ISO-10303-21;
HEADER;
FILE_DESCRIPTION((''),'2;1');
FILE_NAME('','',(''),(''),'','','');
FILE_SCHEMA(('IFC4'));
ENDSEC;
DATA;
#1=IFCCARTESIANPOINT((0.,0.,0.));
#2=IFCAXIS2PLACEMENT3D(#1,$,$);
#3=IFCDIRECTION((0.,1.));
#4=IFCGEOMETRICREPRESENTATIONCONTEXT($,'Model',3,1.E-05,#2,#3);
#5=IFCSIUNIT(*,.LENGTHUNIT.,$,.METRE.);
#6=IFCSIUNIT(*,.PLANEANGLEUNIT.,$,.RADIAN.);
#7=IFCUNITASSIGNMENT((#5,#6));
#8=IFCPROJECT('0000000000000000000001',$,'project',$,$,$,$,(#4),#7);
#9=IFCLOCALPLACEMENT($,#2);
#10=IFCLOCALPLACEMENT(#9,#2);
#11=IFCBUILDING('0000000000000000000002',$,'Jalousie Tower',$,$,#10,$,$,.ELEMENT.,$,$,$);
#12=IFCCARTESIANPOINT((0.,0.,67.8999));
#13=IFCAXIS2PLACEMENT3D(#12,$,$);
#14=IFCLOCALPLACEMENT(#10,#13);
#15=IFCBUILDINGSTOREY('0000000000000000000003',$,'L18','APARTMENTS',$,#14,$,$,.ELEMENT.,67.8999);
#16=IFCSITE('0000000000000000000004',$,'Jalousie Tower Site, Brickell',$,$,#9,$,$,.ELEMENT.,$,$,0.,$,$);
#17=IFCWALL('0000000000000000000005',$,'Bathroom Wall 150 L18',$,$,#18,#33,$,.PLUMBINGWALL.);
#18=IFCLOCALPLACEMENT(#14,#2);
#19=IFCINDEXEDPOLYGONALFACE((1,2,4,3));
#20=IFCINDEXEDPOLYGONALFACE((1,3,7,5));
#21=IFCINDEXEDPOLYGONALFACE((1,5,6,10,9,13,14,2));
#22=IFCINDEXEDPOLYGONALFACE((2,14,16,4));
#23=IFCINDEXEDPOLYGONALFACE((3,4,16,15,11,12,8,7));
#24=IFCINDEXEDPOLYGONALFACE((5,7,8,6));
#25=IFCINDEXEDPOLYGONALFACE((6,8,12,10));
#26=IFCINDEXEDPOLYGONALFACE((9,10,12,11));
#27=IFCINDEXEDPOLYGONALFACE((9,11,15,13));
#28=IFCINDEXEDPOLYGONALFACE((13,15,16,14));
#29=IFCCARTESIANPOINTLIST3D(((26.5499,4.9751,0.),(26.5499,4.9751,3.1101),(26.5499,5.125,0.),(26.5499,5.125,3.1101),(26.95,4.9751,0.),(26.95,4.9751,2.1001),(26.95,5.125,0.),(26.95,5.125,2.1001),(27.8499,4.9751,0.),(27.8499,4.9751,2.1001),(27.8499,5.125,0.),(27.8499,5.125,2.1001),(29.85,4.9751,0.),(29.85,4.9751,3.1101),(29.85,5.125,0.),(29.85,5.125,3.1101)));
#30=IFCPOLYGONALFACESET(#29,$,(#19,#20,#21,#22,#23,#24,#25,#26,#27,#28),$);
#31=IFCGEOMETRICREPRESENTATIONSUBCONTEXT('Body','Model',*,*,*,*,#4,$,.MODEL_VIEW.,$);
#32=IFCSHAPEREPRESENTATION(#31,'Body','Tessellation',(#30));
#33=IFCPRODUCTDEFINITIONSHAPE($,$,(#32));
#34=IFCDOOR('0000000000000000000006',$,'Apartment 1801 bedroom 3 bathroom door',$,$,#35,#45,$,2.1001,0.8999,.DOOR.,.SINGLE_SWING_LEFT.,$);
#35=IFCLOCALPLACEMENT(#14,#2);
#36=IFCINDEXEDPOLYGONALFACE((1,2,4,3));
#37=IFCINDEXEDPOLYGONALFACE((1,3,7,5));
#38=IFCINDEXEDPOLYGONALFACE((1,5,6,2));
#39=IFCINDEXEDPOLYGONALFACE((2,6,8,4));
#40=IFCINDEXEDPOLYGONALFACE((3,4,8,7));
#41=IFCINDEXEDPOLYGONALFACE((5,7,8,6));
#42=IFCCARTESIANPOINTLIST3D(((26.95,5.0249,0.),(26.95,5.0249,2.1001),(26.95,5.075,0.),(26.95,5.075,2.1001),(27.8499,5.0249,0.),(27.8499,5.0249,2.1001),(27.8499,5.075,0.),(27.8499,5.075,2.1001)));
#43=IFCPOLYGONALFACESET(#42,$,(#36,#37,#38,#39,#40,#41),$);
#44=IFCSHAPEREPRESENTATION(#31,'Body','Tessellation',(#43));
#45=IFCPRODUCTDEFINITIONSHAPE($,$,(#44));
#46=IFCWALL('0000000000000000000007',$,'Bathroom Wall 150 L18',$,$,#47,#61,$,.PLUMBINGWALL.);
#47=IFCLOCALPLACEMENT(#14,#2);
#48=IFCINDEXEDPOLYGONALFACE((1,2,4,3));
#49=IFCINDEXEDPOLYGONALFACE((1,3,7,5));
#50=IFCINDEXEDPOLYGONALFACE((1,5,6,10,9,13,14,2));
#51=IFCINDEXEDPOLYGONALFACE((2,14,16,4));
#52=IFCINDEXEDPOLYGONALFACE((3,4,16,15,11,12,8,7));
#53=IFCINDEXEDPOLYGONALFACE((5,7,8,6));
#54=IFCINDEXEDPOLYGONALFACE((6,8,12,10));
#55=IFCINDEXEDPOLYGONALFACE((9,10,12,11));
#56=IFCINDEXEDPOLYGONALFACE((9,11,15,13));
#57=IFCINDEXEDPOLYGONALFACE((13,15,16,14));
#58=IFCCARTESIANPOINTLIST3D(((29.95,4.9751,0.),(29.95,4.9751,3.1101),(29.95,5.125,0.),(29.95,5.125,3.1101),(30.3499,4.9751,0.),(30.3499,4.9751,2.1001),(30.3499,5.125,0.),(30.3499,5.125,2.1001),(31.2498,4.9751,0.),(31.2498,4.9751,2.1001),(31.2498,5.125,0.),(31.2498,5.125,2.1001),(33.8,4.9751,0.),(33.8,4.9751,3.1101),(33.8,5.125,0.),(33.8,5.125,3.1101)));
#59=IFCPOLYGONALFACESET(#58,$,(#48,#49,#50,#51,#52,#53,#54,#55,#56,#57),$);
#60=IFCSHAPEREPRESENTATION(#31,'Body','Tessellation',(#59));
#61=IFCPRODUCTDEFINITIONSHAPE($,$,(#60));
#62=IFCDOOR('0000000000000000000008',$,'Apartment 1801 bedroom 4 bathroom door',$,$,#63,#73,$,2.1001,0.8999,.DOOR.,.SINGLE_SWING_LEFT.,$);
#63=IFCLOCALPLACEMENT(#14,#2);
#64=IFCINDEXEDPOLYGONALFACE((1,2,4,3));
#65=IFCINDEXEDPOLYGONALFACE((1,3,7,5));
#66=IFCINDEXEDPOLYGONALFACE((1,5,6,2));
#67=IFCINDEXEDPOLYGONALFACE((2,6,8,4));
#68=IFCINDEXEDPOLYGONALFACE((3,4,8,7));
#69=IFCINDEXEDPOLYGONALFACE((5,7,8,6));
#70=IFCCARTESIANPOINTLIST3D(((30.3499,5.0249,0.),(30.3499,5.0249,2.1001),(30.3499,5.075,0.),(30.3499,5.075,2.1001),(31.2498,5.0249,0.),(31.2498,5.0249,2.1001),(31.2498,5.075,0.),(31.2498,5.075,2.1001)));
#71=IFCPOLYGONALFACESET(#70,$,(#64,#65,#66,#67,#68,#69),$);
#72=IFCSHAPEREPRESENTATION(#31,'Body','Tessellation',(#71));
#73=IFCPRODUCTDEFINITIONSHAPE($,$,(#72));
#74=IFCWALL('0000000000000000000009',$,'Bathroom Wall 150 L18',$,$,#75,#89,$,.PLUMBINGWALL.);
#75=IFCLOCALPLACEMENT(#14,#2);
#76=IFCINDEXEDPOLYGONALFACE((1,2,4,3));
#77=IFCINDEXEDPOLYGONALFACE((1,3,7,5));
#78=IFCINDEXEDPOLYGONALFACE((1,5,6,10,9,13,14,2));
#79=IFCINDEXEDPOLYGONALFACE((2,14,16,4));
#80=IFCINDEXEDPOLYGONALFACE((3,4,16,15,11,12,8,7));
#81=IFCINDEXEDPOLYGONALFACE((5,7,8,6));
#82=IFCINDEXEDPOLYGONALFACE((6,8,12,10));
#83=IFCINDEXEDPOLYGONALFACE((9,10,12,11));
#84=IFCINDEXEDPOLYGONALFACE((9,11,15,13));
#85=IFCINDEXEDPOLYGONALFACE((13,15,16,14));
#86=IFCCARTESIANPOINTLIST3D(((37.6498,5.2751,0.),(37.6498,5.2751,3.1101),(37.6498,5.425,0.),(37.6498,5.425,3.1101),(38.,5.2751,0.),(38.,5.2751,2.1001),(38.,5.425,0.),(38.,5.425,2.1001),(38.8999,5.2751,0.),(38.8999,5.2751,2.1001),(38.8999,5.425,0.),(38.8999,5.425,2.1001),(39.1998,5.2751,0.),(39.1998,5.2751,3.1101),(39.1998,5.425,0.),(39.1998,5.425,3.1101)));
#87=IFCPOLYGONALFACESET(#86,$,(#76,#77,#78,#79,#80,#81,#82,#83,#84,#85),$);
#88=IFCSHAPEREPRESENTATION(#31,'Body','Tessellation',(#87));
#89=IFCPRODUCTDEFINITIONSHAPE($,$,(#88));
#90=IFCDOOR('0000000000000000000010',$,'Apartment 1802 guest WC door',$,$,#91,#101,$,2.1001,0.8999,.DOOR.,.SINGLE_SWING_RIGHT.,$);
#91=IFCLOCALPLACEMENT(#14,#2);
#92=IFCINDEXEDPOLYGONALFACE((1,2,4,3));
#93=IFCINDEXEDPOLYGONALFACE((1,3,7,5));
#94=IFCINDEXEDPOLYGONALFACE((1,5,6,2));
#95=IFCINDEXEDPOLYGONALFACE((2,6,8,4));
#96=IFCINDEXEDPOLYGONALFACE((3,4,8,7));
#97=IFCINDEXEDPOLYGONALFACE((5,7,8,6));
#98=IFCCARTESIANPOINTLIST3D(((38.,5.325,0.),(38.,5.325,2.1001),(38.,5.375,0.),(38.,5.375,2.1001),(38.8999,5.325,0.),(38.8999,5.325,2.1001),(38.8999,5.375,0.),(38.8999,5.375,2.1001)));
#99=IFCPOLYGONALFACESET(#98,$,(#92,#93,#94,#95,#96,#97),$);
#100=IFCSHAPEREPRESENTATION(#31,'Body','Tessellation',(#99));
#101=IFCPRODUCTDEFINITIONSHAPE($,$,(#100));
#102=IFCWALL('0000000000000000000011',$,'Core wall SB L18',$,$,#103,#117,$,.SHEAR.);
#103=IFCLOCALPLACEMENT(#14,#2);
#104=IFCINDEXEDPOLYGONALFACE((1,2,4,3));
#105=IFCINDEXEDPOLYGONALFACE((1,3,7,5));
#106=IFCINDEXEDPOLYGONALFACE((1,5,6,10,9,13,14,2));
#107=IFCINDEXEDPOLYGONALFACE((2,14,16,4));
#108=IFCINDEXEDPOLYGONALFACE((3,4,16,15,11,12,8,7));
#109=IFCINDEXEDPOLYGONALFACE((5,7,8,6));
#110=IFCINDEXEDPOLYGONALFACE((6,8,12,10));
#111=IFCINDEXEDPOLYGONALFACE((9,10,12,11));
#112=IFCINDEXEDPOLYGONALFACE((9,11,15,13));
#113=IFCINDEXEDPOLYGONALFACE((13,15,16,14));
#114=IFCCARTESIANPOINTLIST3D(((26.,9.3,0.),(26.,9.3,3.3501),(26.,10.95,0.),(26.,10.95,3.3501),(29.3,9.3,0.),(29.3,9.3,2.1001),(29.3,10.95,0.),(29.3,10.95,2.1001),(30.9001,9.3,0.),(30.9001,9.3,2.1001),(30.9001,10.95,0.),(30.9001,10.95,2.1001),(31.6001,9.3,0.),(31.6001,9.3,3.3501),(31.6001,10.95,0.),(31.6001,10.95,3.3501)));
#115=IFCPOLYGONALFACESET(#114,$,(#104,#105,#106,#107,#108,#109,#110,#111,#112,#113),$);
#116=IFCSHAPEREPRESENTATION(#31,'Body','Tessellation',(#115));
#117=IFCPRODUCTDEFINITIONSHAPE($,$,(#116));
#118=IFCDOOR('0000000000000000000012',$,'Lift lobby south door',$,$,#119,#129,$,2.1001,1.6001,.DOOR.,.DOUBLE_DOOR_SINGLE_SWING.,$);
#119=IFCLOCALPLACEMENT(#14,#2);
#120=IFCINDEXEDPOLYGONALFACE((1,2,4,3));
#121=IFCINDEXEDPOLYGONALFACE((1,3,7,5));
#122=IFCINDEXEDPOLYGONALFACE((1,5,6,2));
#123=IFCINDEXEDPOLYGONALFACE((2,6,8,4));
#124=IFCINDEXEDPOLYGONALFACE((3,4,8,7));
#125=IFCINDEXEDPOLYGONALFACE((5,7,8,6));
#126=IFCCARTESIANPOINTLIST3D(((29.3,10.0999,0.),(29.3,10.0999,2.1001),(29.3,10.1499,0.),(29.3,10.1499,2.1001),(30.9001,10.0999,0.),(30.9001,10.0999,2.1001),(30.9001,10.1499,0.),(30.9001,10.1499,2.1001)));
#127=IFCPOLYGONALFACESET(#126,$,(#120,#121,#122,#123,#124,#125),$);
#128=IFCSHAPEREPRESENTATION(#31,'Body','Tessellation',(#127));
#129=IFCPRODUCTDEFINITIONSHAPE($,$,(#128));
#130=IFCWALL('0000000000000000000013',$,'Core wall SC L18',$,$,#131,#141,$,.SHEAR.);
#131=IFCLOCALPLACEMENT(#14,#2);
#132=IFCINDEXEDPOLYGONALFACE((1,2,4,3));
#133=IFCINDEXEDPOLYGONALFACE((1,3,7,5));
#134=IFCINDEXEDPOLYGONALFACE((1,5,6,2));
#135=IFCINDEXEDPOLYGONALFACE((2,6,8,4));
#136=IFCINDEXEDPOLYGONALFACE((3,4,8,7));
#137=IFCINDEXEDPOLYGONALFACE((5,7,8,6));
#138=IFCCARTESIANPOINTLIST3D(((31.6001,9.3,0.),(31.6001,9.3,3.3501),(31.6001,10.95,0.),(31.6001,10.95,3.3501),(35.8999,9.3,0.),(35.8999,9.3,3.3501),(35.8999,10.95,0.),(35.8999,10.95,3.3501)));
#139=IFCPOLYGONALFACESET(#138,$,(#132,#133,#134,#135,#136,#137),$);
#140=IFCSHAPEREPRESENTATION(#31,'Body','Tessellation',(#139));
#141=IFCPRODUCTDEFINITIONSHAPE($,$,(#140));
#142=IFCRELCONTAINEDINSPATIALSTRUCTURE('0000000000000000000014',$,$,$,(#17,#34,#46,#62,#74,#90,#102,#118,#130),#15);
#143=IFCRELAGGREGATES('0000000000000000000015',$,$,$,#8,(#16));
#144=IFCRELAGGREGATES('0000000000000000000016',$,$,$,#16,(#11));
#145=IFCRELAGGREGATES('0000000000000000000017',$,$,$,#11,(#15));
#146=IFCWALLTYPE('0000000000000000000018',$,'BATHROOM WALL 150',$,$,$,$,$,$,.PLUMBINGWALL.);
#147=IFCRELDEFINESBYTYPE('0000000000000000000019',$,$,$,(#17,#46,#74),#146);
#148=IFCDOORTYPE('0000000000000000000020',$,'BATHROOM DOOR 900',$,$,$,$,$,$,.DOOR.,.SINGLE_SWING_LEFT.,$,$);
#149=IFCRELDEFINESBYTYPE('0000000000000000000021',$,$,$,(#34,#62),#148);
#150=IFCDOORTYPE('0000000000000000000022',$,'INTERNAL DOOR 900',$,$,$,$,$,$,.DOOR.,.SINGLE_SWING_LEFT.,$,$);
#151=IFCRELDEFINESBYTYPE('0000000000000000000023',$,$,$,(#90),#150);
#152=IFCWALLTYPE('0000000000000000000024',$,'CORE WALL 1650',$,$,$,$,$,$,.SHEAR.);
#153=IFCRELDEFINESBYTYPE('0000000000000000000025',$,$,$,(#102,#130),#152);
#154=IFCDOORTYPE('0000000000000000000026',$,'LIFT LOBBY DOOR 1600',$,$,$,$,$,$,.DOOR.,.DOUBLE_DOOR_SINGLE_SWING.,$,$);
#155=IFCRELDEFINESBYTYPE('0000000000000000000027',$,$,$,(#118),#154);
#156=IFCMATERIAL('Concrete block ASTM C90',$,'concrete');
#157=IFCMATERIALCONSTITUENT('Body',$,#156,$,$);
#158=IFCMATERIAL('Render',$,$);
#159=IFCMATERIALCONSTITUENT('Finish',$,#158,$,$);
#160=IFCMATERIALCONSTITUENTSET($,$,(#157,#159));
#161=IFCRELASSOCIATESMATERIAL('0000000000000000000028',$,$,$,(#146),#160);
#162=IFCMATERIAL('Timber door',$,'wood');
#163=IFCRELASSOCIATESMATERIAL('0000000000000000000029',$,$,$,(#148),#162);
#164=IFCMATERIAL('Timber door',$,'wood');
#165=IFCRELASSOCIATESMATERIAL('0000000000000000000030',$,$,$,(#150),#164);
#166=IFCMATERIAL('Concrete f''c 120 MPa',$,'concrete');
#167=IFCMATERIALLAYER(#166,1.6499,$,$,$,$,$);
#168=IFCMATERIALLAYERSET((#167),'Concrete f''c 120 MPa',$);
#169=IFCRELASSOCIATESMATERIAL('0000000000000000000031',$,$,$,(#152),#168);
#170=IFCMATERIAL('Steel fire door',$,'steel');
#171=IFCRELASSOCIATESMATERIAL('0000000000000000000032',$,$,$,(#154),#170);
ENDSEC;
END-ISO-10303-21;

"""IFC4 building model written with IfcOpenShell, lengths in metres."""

from ifc_helpers import new_model, si_unit, direction, frame, frame_2d, origin, place, context, subcontext, project, spatial, rectangle, extrude, material, layer, layer_set, constituent, constituent_set, type_object, element, fill, save


model = new_model("IFC4")

# Units and contexts
model_context = context("Model", 3, precision=1e-05, world=origin(), true_north=direction((0.0, 1.0)))
body_context = subcontext(model_context, "Body", "Model", "MODEL_VIEW")
ifc_project = project(units=[si_unit("LENGTHUNIT", "METRE"), si_unit("PLANEANGLEUNIT", "RADIAN")], contexts=[model_context])

# Site, building, storey
site_placement = place(None, origin())
site = spatial("IfcSite", under=ifc_project, at=site_placement, Name="Jalousie Tower Site, Brickell", CompositionType="ELEMENT", RefElevation=0.0)
building_placement = place(site_placement, origin())
building = spatial("IfcBuilding", under=site, at=building_placement, Name="Jalousie Tower", CompositionType="ELEMENT")
storey_placement = place(building_placement, frame((0.0, 0.0, 67.8999)))
storey = spatial("IfcBuildingStorey", under=building, at=storey_placement, Name="L18", Description="APARTMENTS", CompositionType="ELEMENT", Elevation=67.8999)

# Walls, openings, doors
ifc_material_1 = material(Name="Concrete block ASTM C90", Category="concrete")
ifc_constituent_1 = constituent(ifc_material_1, Name="Body")
ifc_material_2 = material(Name="Render")
ifc_constituent_2 = constituent(ifc_material_2, Name="Finish")
ifc_constituent_set_1 = constituent_set(constituents=[ifc_constituent_1, ifc_constituent_2])
wall_type_1 = type_object("IfcWallType", Name="BATHROOM WALL 150", PredefinedType="PLUMBINGWALL", material=ifc_constituent_set_1)
wall_1_placement = place(storey_placement, frame((26.55, 5.05, 0.0), z_axis=(0.0, 0.0, 1.0), x_axis=(1.0, 0.0, 0.0)))
wall_1 = element("IfcWall", 1, at=wall_1_placement, inside=storey, type_object=wall_type_1, Name="Bathroom Wall 150 L18", PredefinedType="PLUMBINGWALL", context=body_context, shape_type="SweptSolid", body=[
    extrude(rectangle(XDim=3.3, YDim=0.1499, at=frame_2d((1.6499, 0.0))), origin(), (0.0, 0.0, 1.0), 3.1101),
])
opening_1_placement = place(wall_1_placement, frame((0.3999, 0.0, 0.0)))
opening_1 = element("IfcOpeningElement", 2, at=opening_1_placement, cuts=wall_1, PredefinedType="OPENING", context=body_context, shape_type="SweptSolid", body=[
    extrude(rectangle(XDim=0.8999, YDim=2.1001, at=frame_2d((0.45, 1.05))), frame((0.0, 0.085, 0.0), z_axis=(0.0, -1.0, 0.0), x_axis=(1.0, 0.0, 0.0)), (0.0, 0.0, 1.0), 0.1699),
])
ifc_material_3 = material(Name="Timber door", Category="wood")
door_type_1 = type_object("IfcDoorType", Name="BATHROOM DOOR 900", OperationType="SINGLE_SWING_LEFT", PredefinedType="DOOR", material=ifc_material_3)
door_1_placement = place(opening_1_placement, origin())
door_1 = element("IfcDoor", 3, at=door_1_placement, inside=storey, type_object=door_type_1, Name="Apartment 1801 bedroom 3 bathroom door", OperationType="SINGLE_SWING_LEFT", OverallHeight=2.1001, OverallWidth=0.8999, PredefinedType="DOOR", context=body_context, shape_type="SweptSolid", body=[
    extrude(rectangle(XDim=0.8999, YDim=2.1001, at=frame_2d((0.45, 1.05))), frame((0.0, 0.0249, 0.0), z_axis=(0.0, -1.0, 0.0), x_axis=(1.0, 0.0, 0.0)), (0.0, 0.0, 1.0), 0.05),
])
fill(opening_1, door_1)
wall_2_placement = place(storey_placement, frame((29.95, 5.05, 0.0), z_axis=(0.0, 0.0, 1.0), x_axis=(1.0, 0.0, 0.0)))
wall_2 = element("IfcWall", 4, at=wall_2_placement, inside=storey, type_object=wall_type_1, Name="Bathroom Wall 150 L18", PredefinedType="PLUMBINGWALL", context=body_context, shape_type="SweptSolid", body=[
    extrude(rectangle(XDim=3.8501, YDim=0.1499, at=frame_2d((1.925, 0.0))), origin(), (0.0, 0.0, 1.0), 3.1101),
])
opening_2_placement = place(wall_2_placement, frame((0.3999, 0.0, 0.0)))
opening_2 = element("IfcOpeningElement", 5, at=opening_2_placement, cuts=wall_2, PredefinedType="OPENING", context=body_context, shape_type="SweptSolid", body=[
    extrude(rectangle(XDim=0.8999, YDim=2.1001, at=frame_2d((0.45, 1.05))), frame((0.0, 0.085, 0.0), z_axis=(0.0, -1.0, 0.0), x_axis=(1.0, 0.0, 0.0)), (0.0, 0.0, 1.0), 0.1699),
])
door_2_placement = place(opening_2_placement, origin())
door_2 = element("IfcDoor", 6, at=door_2_placement, inside=storey, type_object=door_type_1, Name="Apartment 1801 bedroom 4 bathroom door", OperationType="SINGLE_SWING_LEFT", OverallHeight=2.1001, OverallWidth=0.8999, PredefinedType="DOOR", context=body_context, shape_type="SweptSolid", body=[
    extrude(rectangle(XDim=0.8999, YDim=2.1001, at=frame_2d((0.45, 1.05))), frame((0.0, 0.0249, 0.0), z_axis=(0.0, -1.0, 0.0), x_axis=(1.0, 0.0, 0.0)), (0.0, 0.0, 1.0), 0.05),
])
fill(opening_2, door_2)
wall_3_placement = place(storey_placement, frame((37.6499, 5.3501, 0.0), z_axis=(0.0, 0.0, 1.0), x_axis=(1.0, 0.0, 0.0)))
wall_3 = element("IfcWall", 7, at=wall_3_placement, inside=storey, type_object=wall_type_1, Name="Bathroom Wall 150 L18", PredefinedType="PLUMBINGWALL", context=body_context, shape_type="SweptSolid", body=[
    extrude(rectangle(XDim=1.55, YDim=0.1499, at=frame_2d((0.7749, 0.0))), origin(), (0.0, 0.0, 1.0), 3.1101),
])
opening_3_placement = place(wall_3_placement, frame((0.3501, 0.0, 0.0)))
opening_3 = element("IfcOpeningElement", 8, at=opening_3_placement, cuts=wall_3, PredefinedType="OPENING", context=body_context, shape_type="SweptSolid", body=[
    extrude(rectangle(XDim=0.8999, YDim=2.1001, at=frame_2d((0.45, 1.05))), frame((0.0, 0.085, 0.0), z_axis=(0.0, -1.0, 0.0), x_axis=(1.0, 0.0, 0.0)), (0.0, 0.0, 1.0), 0.1699),
])
ifc_material_4 = material(Name="Timber door", Category="wood")
door_type_2 = type_object("IfcDoorType", Name="INTERNAL DOOR 900", OperationType="SINGLE_SWING_LEFT", PredefinedType="DOOR", material=ifc_material_4)
door_3_placement = place(opening_3_placement, origin())
door_3 = element("IfcDoor", 9, at=door_3_placement, inside=storey, type_object=door_type_2, Name="Apartment 1802 guest WC door", OperationType="SINGLE_SWING_RIGHT", OverallHeight=2.1001, OverallWidth=0.8999, PredefinedType="DOOR", context=body_context, shape_type="SweptSolid", body=[
    extrude(rectangle(XDim=0.8999, YDim=2.1001, at=frame_2d((0.45, 1.05))), frame((0.0, 0.0249, 0.0), z_axis=(0.0, -1.0, 0.0), x_axis=(1.0, 0.0, 0.0)), (0.0, 0.0, 1.0), 0.05),
])
fill(opening_3, door_3)
ifc_material_5 = material(Name="Concrete f'c 120 MPa", Category="concrete")
ifc_layer_1 = layer(ifc_material_5, 1.6499)
ifc_layer_set_1 = layer_set([ifc_layer_1], Name="Concrete f'c 120 MPa")
wall_type_2 = type_object("IfcWallType", Name="CORE WALL 1650", PredefinedType="SHEAR", material=ifc_layer_set_1)
wall_4_placement = place(storey_placement, frame((26.0, 10.125, 0.0), z_axis=(0.0, 0.0, 1.0), x_axis=(1.0, 0.0, 0.0)))
wall_4 = element("IfcWall", 10, at=wall_4_placement, inside=storey, type_object=wall_type_2, Name="Core wall SB L18", PredefinedType="SHEAR", context=body_context, shape_type="SweptSolid", body=[
    extrude(rectangle(XDim=5.6001, YDim=1.6499, at=frame_2d((2.8, 0.0))), origin(), (0.0, 0.0, 1.0), 3.3501),
])
opening_4_placement = place(wall_4_placement, frame((3.3, 0.0, 0.0)))
opening_4 = element("IfcOpeningElement", 11, at=opening_4_placement, cuts=wall_4, PredefinedType="OPENING", context=body_context, shape_type="SweptSolid", body=[
    extrude(rectangle(XDim=1.6001, YDim=2.1001, at=frame_2d((0.8, 1.05))), frame((0.0, 0.835, 0.0), z_axis=(0.0, -1.0, 0.0), x_axis=(1.0, 0.0, 0.0)), (0.0, 0.0, 1.0), 1.6699),
])
ifc_material_6 = material(Name="Steel fire door", Category="steel")
door_type_3 = type_object("IfcDoorType", Name="LIFT LOBBY DOOR 1600", OperationType="DOUBLE_DOOR_SINGLE_SWING", PredefinedType="DOOR", material=ifc_material_6)
door_4_placement = place(opening_4_placement, origin())
door_4 = element("IfcDoor", 12, at=door_4_placement, inside=storey, type_object=door_type_3, Name="Lift lobby south door", OperationType="DOUBLE_DOOR_SINGLE_SWING", OverallHeight=2.1001, OverallWidth=1.6001, PredefinedType="DOOR", context=body_context, shape_type="SweptSolid", body=[
    extrude(rectangle(XDim=1.6001, YDim=2.1001, at=frame_2d((0.8, 1.05))), frame((0.0, 0.0249, 0.0), z_axis=(0.0, -1.0, 0.0), x_axis=(1.0, 0.0, 0.0)), (0.0, 0.0, 1.0), 0.05),
])
fill(opening_4, door_4)

# Wall
wall_5_placement = place(storey_placement, frame((31.6001, 10.125, 0.0), z_axis=(0.0, 0.0, 1.0), x_axis=(1.0, 0.0, 0.0)))
element("IfcWall", 13, at=wall_5_placement, inside=storey, type_object=wall_type_2, Name="Core wall SC L18", PredefinedType="SHEAR", context=body_context, shape_type="SweptSolid", body=[
    extrude(rectangle(XDim=4.2998, YDim=1.6499, at=frame_2d((2.1499, 0.0))), origin(), (0.0, 0.0, 1.0), 3.3501),
])

save(model, "model.ifc")
